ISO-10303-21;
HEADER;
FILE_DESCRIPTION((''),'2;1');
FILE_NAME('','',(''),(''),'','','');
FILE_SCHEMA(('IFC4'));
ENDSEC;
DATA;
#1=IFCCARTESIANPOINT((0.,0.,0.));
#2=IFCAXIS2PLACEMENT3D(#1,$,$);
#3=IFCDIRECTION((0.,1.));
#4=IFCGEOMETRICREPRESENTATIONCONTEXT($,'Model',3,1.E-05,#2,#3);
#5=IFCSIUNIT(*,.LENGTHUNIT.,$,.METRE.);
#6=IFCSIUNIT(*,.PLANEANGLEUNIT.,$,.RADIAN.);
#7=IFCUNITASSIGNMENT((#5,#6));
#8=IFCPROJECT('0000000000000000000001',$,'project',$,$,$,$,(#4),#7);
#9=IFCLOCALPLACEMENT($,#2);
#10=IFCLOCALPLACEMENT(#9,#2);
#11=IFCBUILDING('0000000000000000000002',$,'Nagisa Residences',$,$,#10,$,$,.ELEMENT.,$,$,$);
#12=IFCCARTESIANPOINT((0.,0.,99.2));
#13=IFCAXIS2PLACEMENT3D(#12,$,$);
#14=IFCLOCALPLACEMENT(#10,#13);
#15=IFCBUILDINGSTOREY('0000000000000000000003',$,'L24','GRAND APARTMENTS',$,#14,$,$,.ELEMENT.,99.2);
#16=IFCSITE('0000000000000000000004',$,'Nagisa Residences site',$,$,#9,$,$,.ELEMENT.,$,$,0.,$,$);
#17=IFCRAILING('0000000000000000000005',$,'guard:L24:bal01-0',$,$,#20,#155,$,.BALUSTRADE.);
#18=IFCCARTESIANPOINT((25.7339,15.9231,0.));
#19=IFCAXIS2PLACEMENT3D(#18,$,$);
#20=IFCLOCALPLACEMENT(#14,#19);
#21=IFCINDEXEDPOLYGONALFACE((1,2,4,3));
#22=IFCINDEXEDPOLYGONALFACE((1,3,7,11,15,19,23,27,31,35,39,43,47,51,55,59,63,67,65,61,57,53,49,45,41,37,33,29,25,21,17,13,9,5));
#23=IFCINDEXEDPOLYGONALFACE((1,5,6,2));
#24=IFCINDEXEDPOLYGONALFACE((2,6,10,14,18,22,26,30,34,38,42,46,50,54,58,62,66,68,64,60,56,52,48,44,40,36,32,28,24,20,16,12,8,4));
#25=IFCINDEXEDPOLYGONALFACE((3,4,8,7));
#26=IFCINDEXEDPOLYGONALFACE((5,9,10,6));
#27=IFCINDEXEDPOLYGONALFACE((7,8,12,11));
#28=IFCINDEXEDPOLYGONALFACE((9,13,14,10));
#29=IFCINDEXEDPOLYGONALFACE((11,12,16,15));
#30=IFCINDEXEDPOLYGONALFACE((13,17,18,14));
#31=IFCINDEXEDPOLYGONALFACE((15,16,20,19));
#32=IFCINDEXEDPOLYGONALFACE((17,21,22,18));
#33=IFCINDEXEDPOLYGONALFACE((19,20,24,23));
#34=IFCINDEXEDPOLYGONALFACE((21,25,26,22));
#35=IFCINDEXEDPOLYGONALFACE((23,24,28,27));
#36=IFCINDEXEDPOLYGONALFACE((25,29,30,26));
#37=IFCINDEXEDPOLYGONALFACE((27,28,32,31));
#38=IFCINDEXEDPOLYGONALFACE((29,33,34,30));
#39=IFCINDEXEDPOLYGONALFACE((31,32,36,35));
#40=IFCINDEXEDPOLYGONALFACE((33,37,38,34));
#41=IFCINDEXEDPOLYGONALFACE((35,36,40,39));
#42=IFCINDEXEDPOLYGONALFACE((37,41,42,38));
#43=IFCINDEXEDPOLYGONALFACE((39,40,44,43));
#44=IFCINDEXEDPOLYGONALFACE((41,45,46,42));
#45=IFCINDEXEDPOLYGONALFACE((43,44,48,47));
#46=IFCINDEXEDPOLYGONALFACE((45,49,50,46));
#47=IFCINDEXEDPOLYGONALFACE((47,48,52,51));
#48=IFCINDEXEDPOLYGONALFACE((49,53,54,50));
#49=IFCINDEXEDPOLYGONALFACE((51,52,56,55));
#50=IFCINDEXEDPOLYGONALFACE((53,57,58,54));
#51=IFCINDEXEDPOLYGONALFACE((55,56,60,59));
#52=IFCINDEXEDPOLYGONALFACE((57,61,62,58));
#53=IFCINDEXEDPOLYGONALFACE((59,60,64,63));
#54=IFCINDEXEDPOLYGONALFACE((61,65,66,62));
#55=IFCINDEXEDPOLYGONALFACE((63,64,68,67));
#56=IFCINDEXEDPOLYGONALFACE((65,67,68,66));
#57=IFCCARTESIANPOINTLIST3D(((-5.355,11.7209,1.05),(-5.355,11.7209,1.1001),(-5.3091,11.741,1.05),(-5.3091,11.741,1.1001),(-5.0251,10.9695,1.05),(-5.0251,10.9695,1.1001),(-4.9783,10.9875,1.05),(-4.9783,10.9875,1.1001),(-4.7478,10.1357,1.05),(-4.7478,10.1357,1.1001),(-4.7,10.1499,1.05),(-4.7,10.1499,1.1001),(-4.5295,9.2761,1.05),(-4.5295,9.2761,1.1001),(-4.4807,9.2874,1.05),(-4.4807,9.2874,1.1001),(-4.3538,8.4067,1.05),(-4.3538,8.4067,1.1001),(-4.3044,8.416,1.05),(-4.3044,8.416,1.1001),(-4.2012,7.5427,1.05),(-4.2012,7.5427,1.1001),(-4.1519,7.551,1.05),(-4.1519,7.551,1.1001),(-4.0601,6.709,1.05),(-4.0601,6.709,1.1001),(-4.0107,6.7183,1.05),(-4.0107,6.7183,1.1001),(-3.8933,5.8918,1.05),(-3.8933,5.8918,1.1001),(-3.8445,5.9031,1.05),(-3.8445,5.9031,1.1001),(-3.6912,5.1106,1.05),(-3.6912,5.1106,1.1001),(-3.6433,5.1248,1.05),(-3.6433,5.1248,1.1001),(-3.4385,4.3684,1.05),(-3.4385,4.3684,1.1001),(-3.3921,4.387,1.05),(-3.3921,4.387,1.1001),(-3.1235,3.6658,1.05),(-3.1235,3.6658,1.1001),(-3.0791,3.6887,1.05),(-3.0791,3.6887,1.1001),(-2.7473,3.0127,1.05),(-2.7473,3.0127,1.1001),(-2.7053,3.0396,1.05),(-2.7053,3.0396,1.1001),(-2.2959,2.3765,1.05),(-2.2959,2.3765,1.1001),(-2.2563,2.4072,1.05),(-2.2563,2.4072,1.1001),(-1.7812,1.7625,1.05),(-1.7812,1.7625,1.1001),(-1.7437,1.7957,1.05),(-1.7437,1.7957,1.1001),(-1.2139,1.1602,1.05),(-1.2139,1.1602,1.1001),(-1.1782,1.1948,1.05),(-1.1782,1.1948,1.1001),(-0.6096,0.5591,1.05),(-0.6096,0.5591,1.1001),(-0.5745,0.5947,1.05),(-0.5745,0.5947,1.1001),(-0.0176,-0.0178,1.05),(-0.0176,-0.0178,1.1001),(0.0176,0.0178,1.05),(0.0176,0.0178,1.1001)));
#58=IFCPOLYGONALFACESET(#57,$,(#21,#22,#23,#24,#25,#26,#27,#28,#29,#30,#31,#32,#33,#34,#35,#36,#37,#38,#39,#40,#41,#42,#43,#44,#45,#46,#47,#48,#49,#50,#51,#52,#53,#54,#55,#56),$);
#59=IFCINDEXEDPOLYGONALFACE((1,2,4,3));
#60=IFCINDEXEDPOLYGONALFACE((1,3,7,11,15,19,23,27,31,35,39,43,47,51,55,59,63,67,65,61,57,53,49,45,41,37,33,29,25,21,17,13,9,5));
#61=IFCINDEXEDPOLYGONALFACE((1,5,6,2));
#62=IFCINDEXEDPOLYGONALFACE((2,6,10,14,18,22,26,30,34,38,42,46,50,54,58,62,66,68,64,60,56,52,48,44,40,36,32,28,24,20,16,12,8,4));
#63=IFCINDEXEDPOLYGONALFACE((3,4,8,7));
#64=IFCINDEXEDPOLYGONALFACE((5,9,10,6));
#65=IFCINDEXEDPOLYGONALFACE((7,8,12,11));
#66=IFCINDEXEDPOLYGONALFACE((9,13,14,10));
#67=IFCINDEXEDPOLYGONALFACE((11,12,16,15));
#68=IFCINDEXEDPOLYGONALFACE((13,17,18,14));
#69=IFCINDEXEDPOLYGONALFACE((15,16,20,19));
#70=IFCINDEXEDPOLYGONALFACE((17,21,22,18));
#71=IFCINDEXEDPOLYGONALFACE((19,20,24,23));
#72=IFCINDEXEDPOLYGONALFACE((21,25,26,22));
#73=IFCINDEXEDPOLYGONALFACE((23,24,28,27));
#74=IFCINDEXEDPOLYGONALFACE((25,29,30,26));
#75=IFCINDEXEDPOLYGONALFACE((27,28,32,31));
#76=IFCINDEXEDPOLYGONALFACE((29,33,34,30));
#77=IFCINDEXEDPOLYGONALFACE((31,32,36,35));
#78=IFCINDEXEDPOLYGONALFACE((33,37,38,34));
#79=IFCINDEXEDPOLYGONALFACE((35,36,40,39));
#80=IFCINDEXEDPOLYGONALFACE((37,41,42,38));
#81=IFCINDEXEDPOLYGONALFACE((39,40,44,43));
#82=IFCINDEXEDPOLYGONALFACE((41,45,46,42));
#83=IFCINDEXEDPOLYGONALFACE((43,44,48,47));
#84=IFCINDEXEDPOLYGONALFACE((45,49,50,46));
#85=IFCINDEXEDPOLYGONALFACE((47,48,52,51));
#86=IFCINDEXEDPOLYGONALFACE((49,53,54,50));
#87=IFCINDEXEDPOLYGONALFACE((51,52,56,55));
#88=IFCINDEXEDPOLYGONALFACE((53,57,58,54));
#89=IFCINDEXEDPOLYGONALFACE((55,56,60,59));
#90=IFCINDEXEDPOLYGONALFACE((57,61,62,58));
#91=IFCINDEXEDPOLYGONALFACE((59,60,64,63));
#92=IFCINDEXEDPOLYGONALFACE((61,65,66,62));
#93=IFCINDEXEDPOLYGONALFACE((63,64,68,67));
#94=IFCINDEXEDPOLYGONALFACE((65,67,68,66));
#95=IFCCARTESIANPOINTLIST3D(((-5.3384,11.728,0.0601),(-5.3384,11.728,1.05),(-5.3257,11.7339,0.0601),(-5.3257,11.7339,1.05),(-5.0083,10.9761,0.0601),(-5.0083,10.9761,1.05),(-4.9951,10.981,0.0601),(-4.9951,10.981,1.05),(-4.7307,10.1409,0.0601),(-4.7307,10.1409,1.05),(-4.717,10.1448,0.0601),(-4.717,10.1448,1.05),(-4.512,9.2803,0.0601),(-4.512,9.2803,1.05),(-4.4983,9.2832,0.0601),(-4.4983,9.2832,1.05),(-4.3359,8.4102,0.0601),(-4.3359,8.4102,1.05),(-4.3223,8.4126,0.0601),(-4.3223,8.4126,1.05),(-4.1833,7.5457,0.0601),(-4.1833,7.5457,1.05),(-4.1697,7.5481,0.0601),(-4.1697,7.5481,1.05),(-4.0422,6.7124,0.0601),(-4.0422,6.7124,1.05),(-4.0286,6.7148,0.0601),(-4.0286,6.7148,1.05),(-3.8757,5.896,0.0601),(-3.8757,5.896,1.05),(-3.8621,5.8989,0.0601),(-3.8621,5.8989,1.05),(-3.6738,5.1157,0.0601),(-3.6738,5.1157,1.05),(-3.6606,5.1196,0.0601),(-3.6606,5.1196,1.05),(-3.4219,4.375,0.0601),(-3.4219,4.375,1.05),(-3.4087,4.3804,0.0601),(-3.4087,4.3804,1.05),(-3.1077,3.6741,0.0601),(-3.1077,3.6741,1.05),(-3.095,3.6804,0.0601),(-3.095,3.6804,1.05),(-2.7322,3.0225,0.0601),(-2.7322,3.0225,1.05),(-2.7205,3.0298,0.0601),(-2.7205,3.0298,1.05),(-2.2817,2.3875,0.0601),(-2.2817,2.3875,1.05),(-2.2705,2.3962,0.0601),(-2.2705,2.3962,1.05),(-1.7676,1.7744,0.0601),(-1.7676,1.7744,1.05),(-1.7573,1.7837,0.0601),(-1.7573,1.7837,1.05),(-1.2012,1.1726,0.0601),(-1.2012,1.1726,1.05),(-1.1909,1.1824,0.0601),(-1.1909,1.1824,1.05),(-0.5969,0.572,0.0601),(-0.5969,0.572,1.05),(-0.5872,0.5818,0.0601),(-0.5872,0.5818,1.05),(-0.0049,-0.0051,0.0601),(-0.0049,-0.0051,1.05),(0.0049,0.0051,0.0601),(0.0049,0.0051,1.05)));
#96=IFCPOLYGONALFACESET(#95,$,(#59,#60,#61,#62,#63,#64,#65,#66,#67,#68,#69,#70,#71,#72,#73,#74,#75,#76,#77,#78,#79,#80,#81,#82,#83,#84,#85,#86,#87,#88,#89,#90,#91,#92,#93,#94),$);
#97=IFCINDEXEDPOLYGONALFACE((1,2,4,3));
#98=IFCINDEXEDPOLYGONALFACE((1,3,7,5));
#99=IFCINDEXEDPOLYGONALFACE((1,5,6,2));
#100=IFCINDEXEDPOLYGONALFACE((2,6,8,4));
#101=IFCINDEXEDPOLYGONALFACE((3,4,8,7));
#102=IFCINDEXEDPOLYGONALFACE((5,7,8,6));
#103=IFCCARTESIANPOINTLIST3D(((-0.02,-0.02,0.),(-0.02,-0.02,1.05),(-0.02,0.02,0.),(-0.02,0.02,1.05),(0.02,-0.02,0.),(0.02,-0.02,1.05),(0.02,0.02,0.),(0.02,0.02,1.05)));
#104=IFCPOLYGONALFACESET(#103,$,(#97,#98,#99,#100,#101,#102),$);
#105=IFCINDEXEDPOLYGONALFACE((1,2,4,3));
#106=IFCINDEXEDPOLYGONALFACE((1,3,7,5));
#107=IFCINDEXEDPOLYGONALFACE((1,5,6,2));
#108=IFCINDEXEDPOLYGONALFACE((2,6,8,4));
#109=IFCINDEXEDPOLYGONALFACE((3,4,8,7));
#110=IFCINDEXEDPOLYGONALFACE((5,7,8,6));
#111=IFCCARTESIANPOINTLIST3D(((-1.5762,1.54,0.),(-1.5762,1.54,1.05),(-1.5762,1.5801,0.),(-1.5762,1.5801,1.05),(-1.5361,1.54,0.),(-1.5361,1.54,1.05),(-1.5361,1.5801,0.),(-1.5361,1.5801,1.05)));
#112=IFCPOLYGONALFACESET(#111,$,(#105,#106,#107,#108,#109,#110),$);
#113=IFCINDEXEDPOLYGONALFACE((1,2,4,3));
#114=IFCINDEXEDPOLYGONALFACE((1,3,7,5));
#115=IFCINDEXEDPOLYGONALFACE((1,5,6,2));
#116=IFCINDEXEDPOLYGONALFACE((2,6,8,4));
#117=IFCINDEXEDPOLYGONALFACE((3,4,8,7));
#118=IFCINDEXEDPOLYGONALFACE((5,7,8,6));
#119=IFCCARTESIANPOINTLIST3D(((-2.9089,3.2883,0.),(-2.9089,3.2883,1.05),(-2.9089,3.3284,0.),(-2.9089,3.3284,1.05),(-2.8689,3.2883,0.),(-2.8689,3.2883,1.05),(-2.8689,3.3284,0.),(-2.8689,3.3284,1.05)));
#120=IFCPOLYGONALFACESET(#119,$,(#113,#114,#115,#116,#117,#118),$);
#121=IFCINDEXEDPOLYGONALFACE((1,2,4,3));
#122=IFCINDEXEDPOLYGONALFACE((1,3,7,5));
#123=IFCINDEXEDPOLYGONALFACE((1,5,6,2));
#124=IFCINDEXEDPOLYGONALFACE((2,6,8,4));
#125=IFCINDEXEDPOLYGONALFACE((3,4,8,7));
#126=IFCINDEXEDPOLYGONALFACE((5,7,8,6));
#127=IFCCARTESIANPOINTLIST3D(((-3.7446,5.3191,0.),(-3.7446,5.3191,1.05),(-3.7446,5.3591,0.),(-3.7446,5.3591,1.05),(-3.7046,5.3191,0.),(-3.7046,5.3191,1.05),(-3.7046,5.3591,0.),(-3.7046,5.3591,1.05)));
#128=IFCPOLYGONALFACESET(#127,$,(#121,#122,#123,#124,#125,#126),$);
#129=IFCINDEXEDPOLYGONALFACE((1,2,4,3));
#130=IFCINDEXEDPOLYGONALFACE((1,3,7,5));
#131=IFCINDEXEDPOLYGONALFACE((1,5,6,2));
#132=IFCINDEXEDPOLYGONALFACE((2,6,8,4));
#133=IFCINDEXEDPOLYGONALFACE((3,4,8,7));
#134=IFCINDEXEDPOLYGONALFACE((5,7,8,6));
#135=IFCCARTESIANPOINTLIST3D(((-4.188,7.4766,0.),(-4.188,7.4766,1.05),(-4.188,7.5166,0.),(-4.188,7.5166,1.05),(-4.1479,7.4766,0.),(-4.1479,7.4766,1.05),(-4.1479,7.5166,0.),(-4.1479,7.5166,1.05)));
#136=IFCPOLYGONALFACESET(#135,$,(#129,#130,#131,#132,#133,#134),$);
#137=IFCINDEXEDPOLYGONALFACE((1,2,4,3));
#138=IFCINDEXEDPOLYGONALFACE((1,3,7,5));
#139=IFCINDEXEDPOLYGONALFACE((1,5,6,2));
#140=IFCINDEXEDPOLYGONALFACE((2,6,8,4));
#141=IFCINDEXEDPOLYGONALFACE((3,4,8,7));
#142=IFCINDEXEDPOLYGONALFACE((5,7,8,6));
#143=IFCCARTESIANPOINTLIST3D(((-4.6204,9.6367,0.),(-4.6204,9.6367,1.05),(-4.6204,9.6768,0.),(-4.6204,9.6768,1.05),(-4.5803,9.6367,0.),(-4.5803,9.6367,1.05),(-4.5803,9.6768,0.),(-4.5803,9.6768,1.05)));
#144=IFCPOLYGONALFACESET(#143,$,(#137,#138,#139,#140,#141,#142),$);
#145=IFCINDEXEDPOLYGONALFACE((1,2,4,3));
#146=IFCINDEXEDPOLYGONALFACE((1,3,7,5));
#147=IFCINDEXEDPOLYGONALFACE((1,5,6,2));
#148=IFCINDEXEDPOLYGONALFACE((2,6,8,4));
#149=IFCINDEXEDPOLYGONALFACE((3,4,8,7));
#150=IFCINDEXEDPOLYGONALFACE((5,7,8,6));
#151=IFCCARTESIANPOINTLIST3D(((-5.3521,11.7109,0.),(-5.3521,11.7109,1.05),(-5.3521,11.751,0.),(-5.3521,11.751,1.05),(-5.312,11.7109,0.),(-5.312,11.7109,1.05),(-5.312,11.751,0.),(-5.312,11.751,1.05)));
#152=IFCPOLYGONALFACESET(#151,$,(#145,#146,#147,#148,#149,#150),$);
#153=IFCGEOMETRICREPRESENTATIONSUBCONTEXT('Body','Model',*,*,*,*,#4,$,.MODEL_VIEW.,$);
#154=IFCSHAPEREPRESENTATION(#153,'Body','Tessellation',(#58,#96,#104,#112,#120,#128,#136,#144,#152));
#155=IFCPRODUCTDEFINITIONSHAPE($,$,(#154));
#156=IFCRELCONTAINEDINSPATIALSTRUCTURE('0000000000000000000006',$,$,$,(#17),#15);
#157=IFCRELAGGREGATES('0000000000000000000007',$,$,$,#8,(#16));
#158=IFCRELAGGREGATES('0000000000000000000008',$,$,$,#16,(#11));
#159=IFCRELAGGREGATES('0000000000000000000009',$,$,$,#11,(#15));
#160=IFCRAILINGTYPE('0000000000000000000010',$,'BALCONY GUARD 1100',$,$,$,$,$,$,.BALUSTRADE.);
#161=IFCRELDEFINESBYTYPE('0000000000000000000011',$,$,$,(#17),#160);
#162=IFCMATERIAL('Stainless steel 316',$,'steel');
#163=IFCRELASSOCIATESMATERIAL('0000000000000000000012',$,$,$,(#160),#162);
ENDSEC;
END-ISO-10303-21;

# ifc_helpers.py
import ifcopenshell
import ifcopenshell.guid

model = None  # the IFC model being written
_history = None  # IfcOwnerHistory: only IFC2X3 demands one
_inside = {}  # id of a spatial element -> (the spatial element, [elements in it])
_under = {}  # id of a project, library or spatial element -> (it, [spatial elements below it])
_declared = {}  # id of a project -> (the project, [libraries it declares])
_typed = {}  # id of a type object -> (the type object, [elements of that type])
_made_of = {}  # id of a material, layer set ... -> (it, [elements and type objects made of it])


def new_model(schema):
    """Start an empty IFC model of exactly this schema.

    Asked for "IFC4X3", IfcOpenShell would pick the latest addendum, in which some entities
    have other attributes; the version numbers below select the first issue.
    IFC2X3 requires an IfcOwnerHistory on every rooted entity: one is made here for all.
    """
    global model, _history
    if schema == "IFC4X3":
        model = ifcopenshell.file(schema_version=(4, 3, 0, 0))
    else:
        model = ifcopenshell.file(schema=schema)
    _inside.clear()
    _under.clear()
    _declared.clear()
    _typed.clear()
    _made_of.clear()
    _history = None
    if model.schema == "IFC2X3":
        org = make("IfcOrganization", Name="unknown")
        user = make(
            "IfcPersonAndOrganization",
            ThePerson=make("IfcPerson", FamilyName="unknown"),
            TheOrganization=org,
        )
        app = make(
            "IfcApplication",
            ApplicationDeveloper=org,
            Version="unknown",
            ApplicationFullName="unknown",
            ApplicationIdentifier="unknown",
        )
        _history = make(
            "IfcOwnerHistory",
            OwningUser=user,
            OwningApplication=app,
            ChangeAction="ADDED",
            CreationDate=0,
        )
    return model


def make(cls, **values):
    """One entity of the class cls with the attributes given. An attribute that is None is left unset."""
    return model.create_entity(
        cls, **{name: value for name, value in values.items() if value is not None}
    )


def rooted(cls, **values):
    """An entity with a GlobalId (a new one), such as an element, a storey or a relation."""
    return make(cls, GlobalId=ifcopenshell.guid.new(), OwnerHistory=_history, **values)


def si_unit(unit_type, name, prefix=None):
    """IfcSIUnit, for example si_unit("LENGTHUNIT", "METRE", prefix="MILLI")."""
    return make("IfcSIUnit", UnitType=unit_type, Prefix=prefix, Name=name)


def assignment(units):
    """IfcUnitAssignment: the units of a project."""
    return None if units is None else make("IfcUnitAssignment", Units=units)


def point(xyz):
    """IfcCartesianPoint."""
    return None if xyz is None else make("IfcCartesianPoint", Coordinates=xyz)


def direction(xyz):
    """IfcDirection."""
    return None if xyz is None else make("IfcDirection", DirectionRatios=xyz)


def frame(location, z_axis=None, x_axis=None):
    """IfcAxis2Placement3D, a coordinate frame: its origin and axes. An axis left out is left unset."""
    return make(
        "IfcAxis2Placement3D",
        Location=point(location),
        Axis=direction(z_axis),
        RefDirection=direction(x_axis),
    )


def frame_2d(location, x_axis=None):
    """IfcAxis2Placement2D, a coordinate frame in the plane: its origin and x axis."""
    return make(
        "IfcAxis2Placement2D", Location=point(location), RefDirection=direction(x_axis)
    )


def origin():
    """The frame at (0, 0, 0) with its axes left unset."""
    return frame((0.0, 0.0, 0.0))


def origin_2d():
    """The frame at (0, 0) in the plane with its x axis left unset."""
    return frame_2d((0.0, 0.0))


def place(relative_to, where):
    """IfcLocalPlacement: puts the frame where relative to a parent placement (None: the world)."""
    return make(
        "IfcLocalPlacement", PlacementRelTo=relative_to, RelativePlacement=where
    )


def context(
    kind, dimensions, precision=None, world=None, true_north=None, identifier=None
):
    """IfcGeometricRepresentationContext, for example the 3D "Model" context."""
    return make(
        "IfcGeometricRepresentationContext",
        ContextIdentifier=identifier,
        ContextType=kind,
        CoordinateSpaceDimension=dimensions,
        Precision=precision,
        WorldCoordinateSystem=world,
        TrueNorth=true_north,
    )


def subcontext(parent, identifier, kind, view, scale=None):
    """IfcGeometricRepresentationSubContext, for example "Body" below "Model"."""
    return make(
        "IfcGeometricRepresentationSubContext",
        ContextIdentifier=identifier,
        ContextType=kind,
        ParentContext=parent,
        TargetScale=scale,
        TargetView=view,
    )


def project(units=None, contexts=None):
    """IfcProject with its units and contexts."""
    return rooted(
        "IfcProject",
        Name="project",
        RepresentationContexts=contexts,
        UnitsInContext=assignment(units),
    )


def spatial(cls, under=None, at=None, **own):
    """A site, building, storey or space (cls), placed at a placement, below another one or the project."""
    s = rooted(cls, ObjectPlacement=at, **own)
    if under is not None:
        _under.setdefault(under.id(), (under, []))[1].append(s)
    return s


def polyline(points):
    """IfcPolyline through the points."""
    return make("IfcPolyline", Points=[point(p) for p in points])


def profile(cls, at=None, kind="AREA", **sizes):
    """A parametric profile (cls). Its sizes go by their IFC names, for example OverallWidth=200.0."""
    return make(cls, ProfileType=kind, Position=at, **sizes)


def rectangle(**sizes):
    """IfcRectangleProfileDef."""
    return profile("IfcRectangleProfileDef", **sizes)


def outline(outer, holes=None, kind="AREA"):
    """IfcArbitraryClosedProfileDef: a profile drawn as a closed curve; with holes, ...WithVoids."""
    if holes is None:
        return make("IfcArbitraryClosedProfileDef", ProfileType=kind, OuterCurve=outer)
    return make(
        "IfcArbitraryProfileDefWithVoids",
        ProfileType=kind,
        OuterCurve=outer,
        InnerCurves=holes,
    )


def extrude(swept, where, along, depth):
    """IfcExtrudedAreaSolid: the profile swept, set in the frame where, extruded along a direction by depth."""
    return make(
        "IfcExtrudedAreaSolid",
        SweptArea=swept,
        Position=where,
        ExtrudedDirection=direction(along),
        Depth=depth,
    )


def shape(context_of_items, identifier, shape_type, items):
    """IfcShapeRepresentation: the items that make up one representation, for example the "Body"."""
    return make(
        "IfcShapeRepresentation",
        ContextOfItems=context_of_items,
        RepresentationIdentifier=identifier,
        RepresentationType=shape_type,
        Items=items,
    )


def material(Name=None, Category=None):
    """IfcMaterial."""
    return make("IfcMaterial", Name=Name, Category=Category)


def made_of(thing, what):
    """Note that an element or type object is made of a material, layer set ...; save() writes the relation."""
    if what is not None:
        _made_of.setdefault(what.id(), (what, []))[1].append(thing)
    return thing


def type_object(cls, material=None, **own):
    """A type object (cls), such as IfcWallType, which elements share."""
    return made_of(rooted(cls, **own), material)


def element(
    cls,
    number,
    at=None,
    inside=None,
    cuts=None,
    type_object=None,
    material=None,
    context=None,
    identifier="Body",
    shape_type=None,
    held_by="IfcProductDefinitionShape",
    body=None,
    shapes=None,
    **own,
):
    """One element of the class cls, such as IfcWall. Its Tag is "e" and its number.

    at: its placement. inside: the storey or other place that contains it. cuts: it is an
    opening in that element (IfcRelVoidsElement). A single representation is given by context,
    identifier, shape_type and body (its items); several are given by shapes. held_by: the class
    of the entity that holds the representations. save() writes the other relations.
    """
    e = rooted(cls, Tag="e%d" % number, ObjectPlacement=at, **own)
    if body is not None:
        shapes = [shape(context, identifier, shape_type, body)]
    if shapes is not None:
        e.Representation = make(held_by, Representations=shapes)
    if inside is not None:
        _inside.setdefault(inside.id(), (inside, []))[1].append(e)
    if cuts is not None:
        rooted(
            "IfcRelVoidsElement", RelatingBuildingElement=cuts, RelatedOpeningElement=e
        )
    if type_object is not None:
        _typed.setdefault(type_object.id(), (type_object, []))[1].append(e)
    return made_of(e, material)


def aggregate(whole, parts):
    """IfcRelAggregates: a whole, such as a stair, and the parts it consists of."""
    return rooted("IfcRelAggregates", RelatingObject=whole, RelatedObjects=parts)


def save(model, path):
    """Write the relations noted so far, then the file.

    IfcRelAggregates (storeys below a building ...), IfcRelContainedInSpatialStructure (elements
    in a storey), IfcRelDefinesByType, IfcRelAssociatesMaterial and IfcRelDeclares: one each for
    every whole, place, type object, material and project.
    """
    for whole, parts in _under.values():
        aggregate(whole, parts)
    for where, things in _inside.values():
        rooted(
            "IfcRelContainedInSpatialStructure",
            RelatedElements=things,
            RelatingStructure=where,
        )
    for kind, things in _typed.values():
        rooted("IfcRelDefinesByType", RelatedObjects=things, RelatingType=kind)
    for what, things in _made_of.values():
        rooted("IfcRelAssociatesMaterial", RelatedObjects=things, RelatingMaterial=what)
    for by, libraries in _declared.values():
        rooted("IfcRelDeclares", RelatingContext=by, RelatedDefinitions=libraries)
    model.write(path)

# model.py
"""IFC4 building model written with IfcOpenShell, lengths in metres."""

from ifc_helpers import new_model, si_unit, direction, frame, origin, origin_2d, place, context, subcontext, project, spatial, polyline, rectangle, outline, extrude, material, type_object, element, save


model = new_model("IFC4")

# Units and contexts
model_context = context("Model", 3, precision=1e-05, world=origin(), true_north=direction((0.0, 1.0)))
body_context = subcontext(model_context, "Body", "Model", "MODEL_VIEW")
ifc_project = project(units=[si_unit("LENGTHUNIT", "METRE"), si_unit("PLANEANGLEUNIT", "RADIAN")], contexts=[model_context])

# Site, building, storey
site_placement = place(None, origin())
site = spatial("IfcSite", under=ifc_project, at=site_placement, Name="Nagisa Residences site", CompositionType="ELEMENT", RefElevation=0.0)
building_placement = place(site_placement, origin())
building = spatial("IfcBuilding", under=site, at=building_placement, Name="Nagisa Residences", CompositionType="ELEMENT")
storey_placement = place(building_placement, frame((0.0, 0.0, 99.2)))
storey = spatial("IfcBuildingStorey", under=building, at=storey_placement, Name="L24", Description="GRAND APARTMENTS", CompositionType="ELEMENT", Elevation=99.2)

# Railing
ifc_material_1 = material(Name="Stainless steel 316", Category="steel")
railing_type = type_object("IfcRailingType", Name="BALCONY GUARD 1100", PredefinedType="BALUSTRADE", material=ifc_material_1)
railing_1_placement = place(storey_placement, frame((25.7339, 15.9231, 0.0)))
element("IfcRailing", 1, at=railing_1_placement, inside=storey, type_object=railing_type, Name="guard:L24:bal01-0", PredefinedType="BALUSTRADE", context=body_context, shape_type="SweptSolid", body=[
    extrude(outline(polyline([(-0.6096, 0.5591), (-0.0176, -0.0178), (0.0176, 0.0178), (-0.5745, 0.5947), (-1.1782, 1.1948), (-1.7437, 1.7957), (-2.2563, 2.4072), (-2.7053, 3.0396), (-3.0791, 3.6887), (-3.3921, 4.387), (-3.6433, 5.1248), (-3.8445, 5.9031), (-4.0107, 6.7183), (-4.1519, 7.551), (-4.3044, 8.416), (-4.4807, 9.2874), (-4.7, 10.1499), (-4.9783, 10.9875), (-5.3091, 11.741), (-5.355, 11.7209), (-5.0251, 10.9695), (-4.7478, 10.1357), (-4.5295, 9.2761), (-4.3538, 8.4067), (-4.2012, 7.5427), (-4.0601, 6.709), (-3.8933, 5.8918), (-3.6912, 5.1106), (-3.4385, 4.3684), (-3.1235, 3.6658), (-2.7473, 3.0127), (-2.2959, 2.3765), (-1.7812, 1.7625), (-1.2139, 1.1602), (-0.6096, 0.5591)])), frame((0.0, 0.0, 1.05)), (0.0, 0.0, 1.0), 0.05),
    extrude(outline(polyline([(-0.5969, 0.572), (-0.0049, -0.0051), (0.0049, 0.0051), (-0.5872, 0.5818), (-1.1909, 1.1824), (-1.7573, 1.7837), (-2.2705, 2.3962), (-2.7205, 3.0298), (-3.095, 3.6804), (-3.4087, 4.3804), (-3.6606, 5.1196), (-3.8621, 5.8989), (-4.0286, 6.7148), (-4.1697, 7.5481), (-4.3223, 8.4126), (-4.4983, 9.2832), (-4.717, 10.1448), (-4.9951, 10.981), (-5.3257, 11.7339), (-5.3384, 11.728), (-5.0083, 10.9761), (-4.7307, 10.1409), (-4.512, 9.2803), (-4.3359, 8.4102), (-4.1833, 7.5457), (-4.0422, 6.7124), (-3.8757, 5.896), (-3.6738, 5.1157), (-3.4219, 4.375), (-3.1077, 3.6741), (-2.7322, 3.0225), (-2.2817, 2.3875), (-1.7676, 1.7744), (-1.2012, 1.1726), (-0.5969, 0.572)])), frame((0.0, 0.0, 0.0601)), (0.0, 0.0, 1.0), 0.99),
    extrude(rectangle(XDim=0.04, YDim=0.04, at=origin_2d()), origin(), (0.0, 0.0, 1.0), 1.05),
    extrude(rectangle(XDim=0.04, YDim=0.04, at=origin_2d()), frame((-1.5562, 1.5601, 0.0)), (0.0, 0.0, 1.0), 1.05),
    extrude(rectangle(XDim=0.04, YDim=0.04, at=origin_2d()), frame((-2.8889, 3.3083, 0.0)), (0.0, 0.0, 1.0), 1.05),
    extrude(rectangle(XDim=0.04, YDim=0.04, at=origin_2d()), frame((-3.7246, 5.3391, 0.0)), (0.0, 0.0, 1.0), 1.05),
    extrude(rectangle(XDim=0.04, YDim=0.04, at=origin_2d()), frame((-4.168, 7.4966, 0.0)), (0.0, 0.0, 1.0), 1.05),
    extrude(rectangle(XDim=0.04, YDim=0.04, at=origin_2d()), frame((-4.6003, 9.6567, 0.0)), (0.0, 0.0, 1.0), 1.05),
    extrude(rectangle(XDim=0.04, YDim=0.04, at=origin_2d()), frame((-5.332, 11.731, 0.0)), (0.0, 0.0, 1.0), 1.05),
])

save(model, "model.ifc")
